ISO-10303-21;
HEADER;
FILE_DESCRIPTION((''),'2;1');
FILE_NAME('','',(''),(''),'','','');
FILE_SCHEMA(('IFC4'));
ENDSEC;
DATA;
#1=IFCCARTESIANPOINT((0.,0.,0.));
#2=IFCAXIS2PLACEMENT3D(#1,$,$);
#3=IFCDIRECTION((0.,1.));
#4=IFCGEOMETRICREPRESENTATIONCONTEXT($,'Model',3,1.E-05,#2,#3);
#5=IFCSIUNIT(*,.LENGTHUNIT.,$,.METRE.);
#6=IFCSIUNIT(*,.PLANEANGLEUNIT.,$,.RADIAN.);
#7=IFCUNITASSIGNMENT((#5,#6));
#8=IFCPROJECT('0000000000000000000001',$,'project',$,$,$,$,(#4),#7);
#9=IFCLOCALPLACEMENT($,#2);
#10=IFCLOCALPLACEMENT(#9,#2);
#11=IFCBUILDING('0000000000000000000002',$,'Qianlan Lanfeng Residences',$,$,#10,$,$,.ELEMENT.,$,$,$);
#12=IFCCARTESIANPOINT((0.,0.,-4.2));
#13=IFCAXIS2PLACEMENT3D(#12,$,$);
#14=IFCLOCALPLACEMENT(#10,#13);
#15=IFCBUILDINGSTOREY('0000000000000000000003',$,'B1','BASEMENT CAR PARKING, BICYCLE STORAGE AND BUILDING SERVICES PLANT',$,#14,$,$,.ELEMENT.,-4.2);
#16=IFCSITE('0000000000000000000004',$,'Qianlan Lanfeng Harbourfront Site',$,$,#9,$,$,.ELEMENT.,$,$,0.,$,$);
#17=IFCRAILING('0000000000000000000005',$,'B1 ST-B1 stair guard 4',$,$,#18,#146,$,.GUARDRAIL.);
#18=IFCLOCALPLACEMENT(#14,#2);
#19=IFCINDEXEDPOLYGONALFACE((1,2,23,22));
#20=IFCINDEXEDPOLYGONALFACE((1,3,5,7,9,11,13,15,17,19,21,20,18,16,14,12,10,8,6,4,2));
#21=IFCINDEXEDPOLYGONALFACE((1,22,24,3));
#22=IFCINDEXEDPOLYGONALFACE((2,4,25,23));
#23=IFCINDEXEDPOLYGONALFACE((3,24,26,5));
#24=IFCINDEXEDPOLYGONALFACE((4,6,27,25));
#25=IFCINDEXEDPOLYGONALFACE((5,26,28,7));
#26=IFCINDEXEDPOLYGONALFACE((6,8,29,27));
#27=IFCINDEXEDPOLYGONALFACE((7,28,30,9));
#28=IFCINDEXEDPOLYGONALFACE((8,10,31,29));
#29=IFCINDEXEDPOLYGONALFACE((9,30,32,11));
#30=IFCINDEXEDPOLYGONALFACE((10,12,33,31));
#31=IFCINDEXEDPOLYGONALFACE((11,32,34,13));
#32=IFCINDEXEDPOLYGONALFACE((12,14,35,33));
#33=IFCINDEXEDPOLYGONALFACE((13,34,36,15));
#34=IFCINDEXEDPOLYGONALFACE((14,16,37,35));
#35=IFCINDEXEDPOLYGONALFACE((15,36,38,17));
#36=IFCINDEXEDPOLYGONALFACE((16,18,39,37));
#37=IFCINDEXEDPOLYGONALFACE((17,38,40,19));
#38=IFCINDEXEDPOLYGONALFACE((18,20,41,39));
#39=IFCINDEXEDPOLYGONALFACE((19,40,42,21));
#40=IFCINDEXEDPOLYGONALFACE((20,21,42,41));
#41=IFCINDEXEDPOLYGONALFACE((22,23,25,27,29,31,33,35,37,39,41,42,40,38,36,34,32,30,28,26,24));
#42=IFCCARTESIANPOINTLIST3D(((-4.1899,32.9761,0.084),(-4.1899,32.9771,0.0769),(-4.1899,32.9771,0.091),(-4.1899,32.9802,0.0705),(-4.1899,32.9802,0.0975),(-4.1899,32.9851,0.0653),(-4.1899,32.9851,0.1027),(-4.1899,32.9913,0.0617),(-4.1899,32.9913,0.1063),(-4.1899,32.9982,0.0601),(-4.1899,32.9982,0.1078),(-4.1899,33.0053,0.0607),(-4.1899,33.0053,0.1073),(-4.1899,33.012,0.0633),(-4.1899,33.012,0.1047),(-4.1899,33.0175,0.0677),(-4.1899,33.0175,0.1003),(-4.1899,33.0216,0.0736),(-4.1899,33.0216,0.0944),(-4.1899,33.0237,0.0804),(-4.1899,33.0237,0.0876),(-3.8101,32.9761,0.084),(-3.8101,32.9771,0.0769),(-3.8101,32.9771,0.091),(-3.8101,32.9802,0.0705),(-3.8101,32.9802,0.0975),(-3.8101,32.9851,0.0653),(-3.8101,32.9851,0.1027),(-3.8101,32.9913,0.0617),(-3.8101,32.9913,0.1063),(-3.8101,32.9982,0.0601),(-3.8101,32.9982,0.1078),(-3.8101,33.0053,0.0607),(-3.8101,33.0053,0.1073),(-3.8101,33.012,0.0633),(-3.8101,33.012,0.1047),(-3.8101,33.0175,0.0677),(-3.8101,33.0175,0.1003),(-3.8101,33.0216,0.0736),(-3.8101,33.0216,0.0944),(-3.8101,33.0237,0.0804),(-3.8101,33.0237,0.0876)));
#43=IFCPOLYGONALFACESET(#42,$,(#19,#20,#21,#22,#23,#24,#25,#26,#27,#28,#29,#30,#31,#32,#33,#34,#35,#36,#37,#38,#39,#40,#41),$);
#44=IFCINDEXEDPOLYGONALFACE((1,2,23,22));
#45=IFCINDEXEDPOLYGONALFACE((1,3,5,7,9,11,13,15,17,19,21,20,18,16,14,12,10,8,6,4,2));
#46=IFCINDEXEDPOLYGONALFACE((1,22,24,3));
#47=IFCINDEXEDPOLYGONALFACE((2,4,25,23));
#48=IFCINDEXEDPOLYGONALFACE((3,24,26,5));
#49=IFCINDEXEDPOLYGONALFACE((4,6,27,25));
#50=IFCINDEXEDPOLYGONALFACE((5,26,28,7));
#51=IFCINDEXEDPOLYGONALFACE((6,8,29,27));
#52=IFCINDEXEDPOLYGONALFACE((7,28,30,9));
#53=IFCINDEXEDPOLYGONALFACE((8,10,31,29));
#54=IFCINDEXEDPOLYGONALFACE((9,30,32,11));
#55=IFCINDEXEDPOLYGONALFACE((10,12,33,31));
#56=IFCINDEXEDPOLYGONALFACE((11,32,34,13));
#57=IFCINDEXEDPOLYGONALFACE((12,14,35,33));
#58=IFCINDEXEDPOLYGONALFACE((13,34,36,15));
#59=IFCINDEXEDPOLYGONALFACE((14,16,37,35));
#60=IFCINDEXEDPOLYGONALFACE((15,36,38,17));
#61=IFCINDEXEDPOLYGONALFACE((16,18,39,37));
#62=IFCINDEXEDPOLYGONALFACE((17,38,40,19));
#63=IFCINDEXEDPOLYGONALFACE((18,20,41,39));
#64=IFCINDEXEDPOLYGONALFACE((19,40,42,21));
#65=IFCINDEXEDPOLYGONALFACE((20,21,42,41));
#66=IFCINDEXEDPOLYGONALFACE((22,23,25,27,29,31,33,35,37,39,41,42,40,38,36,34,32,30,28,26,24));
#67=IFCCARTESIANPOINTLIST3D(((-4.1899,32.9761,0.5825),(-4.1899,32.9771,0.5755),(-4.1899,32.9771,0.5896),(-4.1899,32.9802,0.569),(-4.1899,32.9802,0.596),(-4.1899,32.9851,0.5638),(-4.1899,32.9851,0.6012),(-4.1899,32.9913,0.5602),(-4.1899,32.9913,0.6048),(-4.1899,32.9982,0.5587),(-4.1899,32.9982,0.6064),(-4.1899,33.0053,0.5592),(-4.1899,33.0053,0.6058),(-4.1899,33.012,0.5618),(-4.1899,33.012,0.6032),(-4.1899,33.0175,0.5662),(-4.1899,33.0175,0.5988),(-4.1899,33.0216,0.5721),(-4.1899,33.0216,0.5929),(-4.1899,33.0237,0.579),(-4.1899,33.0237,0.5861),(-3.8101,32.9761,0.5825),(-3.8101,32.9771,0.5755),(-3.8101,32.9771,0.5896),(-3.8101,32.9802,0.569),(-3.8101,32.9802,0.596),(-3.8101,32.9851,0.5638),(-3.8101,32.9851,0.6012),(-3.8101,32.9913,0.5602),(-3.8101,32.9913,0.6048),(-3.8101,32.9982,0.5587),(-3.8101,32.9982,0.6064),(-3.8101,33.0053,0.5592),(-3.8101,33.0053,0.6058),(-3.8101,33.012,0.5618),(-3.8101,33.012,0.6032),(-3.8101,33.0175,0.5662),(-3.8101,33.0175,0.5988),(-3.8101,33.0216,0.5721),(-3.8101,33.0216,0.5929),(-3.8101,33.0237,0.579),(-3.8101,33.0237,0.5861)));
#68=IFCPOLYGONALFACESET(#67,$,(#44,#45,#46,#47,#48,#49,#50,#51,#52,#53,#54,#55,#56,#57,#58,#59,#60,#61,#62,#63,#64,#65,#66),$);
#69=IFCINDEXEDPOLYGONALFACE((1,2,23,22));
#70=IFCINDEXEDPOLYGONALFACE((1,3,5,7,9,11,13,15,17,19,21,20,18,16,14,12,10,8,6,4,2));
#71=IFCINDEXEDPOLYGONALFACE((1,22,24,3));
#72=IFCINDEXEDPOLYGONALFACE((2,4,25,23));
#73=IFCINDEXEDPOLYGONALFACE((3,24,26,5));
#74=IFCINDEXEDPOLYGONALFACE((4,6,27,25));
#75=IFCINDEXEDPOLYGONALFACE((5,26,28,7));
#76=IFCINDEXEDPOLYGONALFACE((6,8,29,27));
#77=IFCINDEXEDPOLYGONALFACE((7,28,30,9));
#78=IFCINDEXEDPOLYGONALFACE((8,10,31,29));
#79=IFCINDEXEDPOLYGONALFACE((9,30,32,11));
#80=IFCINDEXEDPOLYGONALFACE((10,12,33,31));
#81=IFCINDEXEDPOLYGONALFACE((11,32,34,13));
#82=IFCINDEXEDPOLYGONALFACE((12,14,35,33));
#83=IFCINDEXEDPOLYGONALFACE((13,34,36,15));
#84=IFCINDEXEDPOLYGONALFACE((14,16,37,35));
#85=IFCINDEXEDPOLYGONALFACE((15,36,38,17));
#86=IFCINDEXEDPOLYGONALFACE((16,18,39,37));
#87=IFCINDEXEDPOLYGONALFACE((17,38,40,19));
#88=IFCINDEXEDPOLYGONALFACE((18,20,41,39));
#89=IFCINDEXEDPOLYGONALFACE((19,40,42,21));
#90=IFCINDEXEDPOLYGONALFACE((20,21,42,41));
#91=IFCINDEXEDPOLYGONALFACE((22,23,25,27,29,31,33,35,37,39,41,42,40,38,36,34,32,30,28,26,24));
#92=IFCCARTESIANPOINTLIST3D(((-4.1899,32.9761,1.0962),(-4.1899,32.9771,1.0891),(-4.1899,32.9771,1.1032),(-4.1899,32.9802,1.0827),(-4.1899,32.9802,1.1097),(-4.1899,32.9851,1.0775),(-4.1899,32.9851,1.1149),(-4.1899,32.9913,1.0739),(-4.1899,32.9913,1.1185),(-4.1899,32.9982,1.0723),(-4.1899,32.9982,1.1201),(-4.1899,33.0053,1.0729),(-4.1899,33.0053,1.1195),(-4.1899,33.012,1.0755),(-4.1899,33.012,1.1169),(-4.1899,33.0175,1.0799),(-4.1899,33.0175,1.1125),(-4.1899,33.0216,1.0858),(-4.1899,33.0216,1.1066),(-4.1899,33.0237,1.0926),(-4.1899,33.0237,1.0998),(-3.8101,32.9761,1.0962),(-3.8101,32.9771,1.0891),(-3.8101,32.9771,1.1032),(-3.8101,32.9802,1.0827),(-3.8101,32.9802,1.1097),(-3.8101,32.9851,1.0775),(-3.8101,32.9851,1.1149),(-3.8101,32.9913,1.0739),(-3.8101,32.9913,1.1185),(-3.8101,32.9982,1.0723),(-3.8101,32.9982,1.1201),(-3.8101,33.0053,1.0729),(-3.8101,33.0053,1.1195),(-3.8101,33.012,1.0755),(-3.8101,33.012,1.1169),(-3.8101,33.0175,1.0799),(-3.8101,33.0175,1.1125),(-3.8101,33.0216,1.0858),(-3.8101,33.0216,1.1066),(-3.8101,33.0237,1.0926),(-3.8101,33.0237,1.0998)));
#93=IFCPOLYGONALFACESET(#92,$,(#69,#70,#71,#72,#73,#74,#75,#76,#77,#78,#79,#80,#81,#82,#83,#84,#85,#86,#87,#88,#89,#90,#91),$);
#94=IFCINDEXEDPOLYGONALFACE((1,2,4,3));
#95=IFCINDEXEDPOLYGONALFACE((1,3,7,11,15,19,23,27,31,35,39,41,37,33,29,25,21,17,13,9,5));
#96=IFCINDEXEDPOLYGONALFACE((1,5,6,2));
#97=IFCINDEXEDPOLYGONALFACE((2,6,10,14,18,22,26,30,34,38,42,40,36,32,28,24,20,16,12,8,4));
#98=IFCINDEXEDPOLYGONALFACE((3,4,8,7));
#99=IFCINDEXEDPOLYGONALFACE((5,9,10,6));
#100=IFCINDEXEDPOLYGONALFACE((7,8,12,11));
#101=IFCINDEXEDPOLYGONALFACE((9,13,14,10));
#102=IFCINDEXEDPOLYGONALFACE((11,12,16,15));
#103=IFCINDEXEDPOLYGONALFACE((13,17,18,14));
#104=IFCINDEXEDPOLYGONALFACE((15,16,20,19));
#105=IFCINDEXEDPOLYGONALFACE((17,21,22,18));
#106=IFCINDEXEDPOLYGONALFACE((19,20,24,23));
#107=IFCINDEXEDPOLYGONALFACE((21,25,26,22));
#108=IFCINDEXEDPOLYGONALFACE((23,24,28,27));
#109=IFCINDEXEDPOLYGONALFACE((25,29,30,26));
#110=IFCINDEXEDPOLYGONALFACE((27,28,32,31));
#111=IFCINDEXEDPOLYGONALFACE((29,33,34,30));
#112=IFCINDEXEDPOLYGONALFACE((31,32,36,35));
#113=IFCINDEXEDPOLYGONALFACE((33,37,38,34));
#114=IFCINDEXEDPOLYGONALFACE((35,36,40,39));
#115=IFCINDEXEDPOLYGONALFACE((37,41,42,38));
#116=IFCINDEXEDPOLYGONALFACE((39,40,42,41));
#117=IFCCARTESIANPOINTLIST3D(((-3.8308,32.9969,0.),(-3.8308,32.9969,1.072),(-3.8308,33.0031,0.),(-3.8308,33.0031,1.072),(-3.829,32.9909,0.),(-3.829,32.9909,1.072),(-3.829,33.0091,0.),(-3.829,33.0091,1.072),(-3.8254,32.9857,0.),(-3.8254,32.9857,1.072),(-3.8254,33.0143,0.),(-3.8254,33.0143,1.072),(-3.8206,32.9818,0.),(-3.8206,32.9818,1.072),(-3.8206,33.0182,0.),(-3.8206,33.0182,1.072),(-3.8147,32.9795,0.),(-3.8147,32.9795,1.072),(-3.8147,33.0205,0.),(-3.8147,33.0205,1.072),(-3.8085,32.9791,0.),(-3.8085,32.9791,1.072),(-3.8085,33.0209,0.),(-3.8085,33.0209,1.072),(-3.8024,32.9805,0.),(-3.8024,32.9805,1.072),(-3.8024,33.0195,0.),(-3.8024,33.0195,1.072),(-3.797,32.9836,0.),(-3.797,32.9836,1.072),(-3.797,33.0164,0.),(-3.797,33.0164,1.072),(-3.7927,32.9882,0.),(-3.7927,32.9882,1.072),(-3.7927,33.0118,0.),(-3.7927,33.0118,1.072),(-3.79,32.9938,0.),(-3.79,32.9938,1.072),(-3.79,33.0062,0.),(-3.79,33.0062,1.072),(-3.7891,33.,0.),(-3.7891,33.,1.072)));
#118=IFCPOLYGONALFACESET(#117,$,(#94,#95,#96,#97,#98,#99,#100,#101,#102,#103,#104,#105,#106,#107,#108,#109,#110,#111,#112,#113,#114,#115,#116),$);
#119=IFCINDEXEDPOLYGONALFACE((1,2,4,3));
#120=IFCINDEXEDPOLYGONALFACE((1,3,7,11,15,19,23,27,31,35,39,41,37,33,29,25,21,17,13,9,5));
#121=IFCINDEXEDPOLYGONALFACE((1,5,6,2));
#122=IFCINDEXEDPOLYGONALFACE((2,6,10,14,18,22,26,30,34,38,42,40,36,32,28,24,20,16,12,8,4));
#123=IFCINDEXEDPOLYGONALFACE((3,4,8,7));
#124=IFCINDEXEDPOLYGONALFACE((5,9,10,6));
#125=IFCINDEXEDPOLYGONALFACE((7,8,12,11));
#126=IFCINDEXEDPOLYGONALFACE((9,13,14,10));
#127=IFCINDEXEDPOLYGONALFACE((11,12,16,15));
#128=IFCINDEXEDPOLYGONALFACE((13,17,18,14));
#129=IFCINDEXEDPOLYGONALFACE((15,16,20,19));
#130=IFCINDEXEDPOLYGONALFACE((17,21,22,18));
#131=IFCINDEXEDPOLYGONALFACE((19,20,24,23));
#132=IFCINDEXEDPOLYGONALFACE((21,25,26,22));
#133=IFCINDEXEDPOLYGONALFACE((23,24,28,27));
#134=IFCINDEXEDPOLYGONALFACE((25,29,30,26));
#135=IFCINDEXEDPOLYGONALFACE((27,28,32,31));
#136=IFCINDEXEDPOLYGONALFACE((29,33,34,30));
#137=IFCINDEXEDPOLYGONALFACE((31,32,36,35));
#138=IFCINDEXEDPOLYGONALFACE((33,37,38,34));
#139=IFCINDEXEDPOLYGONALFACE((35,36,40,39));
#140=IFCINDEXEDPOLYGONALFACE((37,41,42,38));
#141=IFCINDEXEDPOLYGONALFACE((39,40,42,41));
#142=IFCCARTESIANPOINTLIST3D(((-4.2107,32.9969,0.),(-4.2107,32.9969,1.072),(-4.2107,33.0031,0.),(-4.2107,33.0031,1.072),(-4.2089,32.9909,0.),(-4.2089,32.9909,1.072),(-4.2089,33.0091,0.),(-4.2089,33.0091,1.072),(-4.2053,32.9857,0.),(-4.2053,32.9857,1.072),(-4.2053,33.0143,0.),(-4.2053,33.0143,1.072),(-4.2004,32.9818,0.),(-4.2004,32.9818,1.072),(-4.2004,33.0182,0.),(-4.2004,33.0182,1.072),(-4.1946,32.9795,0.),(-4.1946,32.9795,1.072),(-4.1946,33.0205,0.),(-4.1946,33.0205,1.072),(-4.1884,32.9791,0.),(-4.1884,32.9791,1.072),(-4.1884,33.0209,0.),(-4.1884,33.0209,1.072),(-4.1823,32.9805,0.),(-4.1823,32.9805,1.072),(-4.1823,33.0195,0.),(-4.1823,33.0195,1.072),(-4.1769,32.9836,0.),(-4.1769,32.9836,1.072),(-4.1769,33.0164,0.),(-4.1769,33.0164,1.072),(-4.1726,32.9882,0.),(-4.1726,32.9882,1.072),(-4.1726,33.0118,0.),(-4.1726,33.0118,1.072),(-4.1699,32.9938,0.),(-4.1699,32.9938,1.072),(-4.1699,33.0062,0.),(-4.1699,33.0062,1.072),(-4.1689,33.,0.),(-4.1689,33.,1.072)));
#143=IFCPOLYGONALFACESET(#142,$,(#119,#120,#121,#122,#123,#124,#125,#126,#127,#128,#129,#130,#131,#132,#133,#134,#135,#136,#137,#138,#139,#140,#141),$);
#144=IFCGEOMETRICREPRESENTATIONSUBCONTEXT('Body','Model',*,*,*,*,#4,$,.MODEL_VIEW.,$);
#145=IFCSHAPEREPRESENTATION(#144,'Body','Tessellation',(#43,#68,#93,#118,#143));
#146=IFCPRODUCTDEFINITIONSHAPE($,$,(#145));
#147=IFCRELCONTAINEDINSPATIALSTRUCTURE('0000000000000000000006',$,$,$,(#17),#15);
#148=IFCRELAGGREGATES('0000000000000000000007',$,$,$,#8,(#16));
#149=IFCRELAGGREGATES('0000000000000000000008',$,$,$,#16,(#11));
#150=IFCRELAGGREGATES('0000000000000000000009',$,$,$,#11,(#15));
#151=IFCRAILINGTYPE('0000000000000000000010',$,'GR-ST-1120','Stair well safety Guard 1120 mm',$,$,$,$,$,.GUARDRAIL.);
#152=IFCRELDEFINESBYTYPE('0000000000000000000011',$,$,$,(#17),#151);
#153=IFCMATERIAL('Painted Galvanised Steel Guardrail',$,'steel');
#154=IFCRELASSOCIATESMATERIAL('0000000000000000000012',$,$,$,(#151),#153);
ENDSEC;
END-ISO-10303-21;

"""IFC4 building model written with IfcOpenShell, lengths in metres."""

from ifc_helpers import new_model, si_unit, direction, frame, origin, origin_2d, place, context, subcontext, project, spatial, circle, extrude, material, type_object, element, save


model = new_model("IFC4")

# Units and contexts
model_context = context("Model", 3, precision=1e-05, world=origin(), true_north=direction((0.0, 1.0)))
body_context = subcontext(model_context, "Body", "Model", "MODEL_VIEW")
ifc_project = project(units=[si_unit("LENGTHUNIT", "METRE"), si_unit("PLANEANGLEUNIT", "RADIAN")], contexts=[model_context])

# Site, building, storey
site_placement = place(None, origin())
site = spatial("IfcSite", under=ifc_project, at=site_placement, Name="Qianlan Lanfeng Harbourfront Site", CompositionType="ELEMENT", RefElevation=0.0)
building_placement = place(site_placement, origin())
building = spatial("IfcBuilding", under=site, at=building_placement, Name="Qianlan Lanfeng Residences", CompositionType="ELEMENT")
storey_placement = place(building_placement, frame((0.0, 0.0, -4.2)))
storey = spatial("IfcBuildingStorey", under=building, at=storey_placement, Name="B1", Description="BASEMENT CAR PARKING, BICYCLE STORAGE AND BUILDING SERVICES PLANT", CompositionType="ELEMENT", Elevation=-4.2)

# Railing
ifc_material_1 = material(Name="Painted Galvanised Steel Guardrail", Category="steel")
railing_type_1 = type_object("IfcRailingType", Name="GR-ST-1120", Description="Stair well safety Guard 1120 mm", PredefinedType="GUARDRAIL", material=ifc_material_1)
railing_1_placement = place(storey_placement, frame((-3.8101, 33.0, 0.0)))
element("IfcRailing", 1, at=railing_1_placement, inside=storey, type_object=railing_type_1, Name="B1 ST-B1 stair guard 4", PredefinedType="GUARDRAIL", context=body_context, shape_type="SweptSolid", body=[
    extrude(circle(Radius=0.0239, at=origin_2d()), frame((0.0, 0.0, 0.084), z_axis=(-1.0, 0.0, 0.0), x_axis=(0.0, -1.0, 0.0)), (0.0, 0.0, 1.0), 0.3799),
    extrude(circle(Radius=0.0239, at=origin_2d()), frame((0.0, 0.0, 0.5825), z_axis=(-1.0, 0.0, 0.0), x_axis=(0.0, -1.0, 0.0)), (0.0, 0.0, 1.0), 0.3799),
    extrude(circle(Radius=0.0239, at=origin_2d()), frame((0.0, 0.0, 1.0962), z_axis=(-1.0, 0.0, 0.0), x_axis=(0.0, -1.0, 0.0)), (0.0, 0.0, 1.0), 0.3799),
    extrude(circle(Radius=0.021, at=origin_2d()), origin(), (0.0, 0.0, 1.0), 1.072),
    extrude(circle(Radius=0.021, at=origin_2d()), frame((-0.3799, 0.0, 0.0)), (0.0, 0.0, 1.0), 1.072),
])

save(model, "model.ifc")
